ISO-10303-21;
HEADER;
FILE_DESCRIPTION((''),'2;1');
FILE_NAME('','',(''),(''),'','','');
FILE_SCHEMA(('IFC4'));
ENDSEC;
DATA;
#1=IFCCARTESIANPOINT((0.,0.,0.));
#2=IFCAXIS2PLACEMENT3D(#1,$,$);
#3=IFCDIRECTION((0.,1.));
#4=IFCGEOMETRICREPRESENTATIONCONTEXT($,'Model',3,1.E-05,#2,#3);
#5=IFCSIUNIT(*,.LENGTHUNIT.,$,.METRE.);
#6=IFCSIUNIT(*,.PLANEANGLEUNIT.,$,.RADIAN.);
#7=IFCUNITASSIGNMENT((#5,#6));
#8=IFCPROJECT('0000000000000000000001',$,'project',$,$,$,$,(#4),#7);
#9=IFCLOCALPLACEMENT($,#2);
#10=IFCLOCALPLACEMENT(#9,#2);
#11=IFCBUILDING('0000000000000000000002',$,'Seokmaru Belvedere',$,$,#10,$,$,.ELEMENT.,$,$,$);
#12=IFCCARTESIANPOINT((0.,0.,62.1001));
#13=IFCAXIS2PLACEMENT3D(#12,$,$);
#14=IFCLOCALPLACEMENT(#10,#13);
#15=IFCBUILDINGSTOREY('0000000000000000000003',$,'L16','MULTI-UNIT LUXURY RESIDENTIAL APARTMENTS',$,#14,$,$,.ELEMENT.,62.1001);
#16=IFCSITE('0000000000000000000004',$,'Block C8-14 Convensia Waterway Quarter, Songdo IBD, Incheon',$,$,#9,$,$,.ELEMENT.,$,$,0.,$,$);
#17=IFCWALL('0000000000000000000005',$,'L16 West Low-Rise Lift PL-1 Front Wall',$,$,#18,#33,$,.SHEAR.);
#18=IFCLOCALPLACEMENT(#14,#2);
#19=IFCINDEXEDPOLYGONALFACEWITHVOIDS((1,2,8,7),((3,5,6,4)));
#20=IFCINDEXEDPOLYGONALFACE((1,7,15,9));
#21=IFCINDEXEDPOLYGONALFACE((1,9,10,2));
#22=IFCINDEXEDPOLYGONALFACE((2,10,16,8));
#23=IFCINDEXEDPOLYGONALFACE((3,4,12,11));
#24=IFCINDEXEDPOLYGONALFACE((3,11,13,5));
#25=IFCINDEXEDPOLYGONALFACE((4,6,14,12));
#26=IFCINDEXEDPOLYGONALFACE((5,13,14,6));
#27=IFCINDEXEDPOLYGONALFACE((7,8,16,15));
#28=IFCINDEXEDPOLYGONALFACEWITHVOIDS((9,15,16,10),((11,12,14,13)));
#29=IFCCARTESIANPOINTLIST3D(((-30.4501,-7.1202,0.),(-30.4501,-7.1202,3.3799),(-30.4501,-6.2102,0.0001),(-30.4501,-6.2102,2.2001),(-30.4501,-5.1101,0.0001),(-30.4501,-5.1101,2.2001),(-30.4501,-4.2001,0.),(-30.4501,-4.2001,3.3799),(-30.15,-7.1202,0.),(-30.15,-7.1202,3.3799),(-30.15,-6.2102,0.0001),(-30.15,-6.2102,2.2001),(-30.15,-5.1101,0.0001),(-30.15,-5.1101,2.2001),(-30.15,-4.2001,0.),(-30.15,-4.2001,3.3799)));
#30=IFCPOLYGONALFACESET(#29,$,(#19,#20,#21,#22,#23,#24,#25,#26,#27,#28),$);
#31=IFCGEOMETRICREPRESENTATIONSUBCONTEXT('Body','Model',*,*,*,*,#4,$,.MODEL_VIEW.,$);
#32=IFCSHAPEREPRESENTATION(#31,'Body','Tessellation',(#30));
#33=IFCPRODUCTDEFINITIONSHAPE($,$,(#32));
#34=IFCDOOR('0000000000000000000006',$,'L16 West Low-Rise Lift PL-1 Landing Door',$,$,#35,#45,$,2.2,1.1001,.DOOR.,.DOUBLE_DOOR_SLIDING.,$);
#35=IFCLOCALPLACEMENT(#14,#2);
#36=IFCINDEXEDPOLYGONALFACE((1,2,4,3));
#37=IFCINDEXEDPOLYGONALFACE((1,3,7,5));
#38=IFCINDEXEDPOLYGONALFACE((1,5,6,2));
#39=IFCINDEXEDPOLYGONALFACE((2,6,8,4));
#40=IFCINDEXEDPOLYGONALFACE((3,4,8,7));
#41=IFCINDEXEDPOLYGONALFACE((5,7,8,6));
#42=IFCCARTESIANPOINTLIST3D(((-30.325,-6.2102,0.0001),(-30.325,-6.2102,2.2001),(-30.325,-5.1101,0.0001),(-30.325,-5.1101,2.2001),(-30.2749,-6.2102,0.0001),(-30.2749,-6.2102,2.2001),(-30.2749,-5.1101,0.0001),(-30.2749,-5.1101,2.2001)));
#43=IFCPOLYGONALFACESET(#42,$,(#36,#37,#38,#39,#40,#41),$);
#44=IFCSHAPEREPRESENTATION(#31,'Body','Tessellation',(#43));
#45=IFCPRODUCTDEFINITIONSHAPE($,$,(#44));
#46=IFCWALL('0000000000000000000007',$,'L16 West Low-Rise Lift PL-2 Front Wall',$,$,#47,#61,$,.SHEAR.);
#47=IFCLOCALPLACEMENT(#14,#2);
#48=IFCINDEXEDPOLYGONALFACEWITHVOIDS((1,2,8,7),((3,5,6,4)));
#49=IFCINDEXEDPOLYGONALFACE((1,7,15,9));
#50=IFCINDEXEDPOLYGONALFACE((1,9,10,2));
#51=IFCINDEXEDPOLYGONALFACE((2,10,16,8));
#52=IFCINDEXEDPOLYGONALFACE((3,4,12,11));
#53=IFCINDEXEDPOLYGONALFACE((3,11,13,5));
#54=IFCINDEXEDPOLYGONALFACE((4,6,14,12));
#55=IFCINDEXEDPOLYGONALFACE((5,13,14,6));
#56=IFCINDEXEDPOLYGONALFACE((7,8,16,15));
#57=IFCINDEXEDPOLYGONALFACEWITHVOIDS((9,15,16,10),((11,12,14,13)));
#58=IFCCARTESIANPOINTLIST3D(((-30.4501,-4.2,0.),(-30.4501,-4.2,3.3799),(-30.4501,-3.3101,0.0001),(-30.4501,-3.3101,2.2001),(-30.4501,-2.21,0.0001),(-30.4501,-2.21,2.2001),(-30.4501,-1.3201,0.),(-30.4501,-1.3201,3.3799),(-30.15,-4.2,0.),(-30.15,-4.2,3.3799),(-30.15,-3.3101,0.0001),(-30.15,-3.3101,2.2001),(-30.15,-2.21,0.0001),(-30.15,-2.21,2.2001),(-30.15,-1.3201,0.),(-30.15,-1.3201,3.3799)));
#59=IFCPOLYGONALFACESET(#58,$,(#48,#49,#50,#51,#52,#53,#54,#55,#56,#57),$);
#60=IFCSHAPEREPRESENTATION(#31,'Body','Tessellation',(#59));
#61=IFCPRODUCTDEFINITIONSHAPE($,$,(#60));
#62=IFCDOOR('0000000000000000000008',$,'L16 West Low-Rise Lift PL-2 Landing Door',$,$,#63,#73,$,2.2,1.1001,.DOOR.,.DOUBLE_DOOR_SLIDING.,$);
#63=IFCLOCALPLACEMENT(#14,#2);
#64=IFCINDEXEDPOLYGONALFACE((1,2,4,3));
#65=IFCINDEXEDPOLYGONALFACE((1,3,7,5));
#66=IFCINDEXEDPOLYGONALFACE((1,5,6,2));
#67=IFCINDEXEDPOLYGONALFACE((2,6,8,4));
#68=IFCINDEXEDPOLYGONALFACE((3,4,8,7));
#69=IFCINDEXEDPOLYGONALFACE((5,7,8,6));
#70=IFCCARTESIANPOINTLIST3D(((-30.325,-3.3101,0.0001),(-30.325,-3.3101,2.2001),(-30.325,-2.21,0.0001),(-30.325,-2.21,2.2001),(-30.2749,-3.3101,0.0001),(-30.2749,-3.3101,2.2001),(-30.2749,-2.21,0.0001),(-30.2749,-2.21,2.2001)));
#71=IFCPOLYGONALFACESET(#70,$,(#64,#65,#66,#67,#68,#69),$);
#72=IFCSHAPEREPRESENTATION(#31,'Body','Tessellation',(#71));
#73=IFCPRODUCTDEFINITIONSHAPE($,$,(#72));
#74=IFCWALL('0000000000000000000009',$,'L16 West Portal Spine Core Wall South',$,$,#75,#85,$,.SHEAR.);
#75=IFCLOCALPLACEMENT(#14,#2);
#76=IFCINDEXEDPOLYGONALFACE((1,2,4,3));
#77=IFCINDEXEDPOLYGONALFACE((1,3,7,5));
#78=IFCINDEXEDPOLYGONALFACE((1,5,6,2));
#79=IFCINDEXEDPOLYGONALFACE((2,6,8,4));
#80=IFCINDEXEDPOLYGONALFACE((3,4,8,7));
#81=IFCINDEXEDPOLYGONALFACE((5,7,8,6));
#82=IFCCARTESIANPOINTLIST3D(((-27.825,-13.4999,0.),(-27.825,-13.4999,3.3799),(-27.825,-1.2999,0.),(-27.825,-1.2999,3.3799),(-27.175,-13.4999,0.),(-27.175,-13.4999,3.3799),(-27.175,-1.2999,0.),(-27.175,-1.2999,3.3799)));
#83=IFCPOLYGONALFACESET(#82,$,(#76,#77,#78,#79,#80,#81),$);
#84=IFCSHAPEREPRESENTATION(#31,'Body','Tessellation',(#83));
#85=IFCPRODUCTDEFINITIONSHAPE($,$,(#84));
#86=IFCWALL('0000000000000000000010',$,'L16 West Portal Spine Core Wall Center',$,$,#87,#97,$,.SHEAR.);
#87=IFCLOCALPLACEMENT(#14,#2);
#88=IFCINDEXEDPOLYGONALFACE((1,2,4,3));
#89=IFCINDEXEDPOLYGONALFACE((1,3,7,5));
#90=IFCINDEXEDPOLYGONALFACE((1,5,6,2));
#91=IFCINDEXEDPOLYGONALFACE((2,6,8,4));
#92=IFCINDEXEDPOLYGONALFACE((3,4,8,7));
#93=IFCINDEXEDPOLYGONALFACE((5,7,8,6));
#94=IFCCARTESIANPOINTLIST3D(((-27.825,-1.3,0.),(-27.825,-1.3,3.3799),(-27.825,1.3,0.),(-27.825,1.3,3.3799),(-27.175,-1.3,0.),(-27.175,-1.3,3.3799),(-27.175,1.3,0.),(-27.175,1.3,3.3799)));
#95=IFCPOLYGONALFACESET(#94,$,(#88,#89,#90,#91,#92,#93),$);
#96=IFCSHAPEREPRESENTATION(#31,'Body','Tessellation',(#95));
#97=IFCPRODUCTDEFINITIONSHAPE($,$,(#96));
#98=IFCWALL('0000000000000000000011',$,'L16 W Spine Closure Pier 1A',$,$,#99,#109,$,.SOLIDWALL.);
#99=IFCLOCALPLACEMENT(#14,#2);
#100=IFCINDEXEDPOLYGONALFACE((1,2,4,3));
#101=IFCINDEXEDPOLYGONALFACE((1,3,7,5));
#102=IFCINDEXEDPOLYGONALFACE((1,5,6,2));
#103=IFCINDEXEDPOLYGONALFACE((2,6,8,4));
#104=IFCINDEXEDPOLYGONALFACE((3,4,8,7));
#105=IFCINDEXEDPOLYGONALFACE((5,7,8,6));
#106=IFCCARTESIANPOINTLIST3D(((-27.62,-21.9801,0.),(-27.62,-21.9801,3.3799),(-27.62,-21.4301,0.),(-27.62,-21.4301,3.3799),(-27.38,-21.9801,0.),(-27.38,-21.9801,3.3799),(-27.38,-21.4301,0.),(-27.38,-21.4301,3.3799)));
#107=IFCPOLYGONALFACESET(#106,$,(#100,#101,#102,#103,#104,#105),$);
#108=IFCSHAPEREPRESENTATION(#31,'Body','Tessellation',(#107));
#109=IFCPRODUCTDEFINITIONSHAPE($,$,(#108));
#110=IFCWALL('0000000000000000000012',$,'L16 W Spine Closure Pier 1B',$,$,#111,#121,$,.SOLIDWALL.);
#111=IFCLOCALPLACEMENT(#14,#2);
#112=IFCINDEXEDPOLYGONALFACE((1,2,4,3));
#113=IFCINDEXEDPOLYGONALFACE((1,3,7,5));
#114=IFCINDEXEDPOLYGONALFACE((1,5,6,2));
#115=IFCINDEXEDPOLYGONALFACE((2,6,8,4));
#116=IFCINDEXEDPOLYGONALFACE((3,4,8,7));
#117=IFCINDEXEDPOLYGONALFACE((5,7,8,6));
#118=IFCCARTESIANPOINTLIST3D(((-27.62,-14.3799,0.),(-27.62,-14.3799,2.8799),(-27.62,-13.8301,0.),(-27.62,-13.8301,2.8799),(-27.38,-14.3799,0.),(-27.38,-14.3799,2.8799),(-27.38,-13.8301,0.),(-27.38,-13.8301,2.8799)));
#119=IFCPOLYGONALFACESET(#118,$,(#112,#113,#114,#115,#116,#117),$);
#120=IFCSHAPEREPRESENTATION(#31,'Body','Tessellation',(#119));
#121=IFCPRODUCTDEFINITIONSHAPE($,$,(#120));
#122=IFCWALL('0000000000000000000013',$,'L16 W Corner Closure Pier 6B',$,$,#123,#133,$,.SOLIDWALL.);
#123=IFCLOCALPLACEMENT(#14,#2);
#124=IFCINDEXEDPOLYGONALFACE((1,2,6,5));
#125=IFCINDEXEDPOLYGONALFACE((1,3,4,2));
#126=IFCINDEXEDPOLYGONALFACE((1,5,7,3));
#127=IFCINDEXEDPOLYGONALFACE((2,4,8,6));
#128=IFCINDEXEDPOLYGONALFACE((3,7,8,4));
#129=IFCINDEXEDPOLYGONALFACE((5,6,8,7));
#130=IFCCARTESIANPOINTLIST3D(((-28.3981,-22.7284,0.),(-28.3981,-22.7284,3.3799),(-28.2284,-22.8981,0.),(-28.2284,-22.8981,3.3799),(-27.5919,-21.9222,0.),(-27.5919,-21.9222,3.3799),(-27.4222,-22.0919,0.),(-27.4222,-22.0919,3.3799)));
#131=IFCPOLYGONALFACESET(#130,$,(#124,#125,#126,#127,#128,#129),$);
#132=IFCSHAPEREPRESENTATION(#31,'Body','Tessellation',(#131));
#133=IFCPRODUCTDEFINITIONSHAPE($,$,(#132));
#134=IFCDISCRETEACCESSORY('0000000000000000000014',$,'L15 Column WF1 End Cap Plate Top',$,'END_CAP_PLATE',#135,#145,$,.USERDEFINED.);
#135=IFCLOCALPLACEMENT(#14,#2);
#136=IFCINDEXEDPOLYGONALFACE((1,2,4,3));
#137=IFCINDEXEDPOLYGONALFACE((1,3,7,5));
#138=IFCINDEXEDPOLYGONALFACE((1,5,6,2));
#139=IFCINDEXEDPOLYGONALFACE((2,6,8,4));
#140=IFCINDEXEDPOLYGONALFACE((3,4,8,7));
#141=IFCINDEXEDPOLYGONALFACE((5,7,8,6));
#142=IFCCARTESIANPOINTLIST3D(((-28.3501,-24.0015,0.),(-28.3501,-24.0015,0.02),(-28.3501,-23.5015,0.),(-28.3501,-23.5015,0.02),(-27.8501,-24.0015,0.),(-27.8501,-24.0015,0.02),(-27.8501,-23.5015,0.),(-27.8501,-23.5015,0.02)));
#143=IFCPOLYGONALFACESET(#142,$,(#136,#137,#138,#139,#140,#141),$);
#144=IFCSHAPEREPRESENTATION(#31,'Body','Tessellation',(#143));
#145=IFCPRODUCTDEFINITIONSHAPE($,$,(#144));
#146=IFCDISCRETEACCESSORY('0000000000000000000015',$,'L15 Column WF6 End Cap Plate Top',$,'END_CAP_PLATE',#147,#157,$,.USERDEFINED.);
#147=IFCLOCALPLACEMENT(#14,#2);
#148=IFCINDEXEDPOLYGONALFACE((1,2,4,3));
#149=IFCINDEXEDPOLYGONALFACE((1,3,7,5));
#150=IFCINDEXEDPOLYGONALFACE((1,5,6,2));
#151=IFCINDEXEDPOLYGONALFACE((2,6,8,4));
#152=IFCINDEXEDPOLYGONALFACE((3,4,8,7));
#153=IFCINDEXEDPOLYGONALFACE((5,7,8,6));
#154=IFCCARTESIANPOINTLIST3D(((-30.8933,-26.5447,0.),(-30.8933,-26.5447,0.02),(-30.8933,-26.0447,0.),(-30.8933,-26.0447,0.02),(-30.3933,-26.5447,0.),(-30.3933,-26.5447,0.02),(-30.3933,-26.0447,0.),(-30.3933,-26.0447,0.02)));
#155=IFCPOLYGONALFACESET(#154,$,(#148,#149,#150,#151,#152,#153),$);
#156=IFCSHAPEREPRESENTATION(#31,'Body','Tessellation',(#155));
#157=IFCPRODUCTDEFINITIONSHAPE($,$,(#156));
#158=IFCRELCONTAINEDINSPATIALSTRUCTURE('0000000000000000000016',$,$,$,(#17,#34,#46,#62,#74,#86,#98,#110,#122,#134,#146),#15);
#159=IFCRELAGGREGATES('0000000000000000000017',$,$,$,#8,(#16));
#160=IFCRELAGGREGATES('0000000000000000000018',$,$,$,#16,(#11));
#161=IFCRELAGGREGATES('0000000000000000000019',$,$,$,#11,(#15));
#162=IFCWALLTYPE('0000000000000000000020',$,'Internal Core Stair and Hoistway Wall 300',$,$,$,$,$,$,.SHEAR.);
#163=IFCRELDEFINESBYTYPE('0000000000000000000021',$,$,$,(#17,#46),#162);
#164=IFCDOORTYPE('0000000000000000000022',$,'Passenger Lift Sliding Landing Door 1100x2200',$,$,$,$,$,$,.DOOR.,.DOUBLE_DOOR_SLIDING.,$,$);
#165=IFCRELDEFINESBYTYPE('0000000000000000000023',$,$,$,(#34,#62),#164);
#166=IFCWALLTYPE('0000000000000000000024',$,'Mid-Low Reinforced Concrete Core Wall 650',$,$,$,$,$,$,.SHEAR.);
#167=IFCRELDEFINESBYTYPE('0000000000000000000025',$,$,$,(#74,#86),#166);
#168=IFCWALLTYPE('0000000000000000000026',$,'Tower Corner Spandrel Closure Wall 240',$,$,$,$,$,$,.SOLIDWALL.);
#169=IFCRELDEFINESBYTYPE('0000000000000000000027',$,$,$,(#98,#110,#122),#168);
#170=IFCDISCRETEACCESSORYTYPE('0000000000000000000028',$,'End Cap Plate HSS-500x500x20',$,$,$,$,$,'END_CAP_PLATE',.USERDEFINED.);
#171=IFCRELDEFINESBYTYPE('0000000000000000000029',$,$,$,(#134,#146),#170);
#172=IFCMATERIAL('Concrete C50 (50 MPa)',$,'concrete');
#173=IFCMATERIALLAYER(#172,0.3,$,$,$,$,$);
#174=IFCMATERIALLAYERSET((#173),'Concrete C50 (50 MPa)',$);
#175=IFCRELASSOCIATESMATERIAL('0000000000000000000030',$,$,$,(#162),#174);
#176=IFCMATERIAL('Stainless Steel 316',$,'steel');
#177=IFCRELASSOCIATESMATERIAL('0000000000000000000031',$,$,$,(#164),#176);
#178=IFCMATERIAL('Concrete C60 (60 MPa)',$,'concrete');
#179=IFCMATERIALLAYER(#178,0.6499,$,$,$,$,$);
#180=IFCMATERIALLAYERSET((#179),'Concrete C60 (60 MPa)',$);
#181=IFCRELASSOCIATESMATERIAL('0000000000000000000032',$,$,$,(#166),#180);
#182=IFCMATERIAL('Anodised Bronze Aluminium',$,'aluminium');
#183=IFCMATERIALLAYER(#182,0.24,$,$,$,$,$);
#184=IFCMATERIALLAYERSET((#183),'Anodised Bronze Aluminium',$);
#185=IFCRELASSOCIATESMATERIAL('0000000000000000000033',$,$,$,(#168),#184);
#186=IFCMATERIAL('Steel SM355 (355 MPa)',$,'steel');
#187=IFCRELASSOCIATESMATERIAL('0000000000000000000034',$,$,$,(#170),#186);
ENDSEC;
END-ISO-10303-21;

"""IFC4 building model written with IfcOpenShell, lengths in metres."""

from ifc_helpers import new_model, si_unit, direction, frame, frame_2d, origin, origin_2d, place, context, subcontext, project, spatial, rectangle, extrude, source, transform, mapped, material, layer, layer_set, type_object, type_shapes, element, fill, save


model = new_model("IFC4")

# Units and contexts
model_context = context("Model", 3, precision=1e-05, world=origin(), true_north=direction((0.0, 1.0)))
body_context = subcontext(model_context, "Body", "Model", "MODEL_VIEW")
ifc_project = project(units=[si_unit("LENGTHUNIT", "METRE"), si_unit("PLANEANGLEUNIT", "RADIAN")], contexts=[model_context])

# Site, building, storey
site_placement = place(None, origin())
site = spatial("IfcSite", under=ifc_project, at=site_placement, Name="Block C8-14 Convensia Waterway Quarter, Songdo IBD, Incheon", CompositionType="ELEMENT", RefElevation=0.0)
building_placement = place(site_placement, origin())
building = spatial("IfcBuilding", under=site, at=building_placement, Name="Seokmaru Belvedere", CompositionType="ELEMENT")
storey_placement = place(building_placement, frame((0.0, 0.0, 62.1001)))
storey = spatial("IfcBuildingStorey", under=building, at=storey_placement, Name="L16", Description="MULTI-UNIT LUXURY RESIDENTIAL APARTMENTS", CompositionType="ELEMENT", Elevation=62.1001)

# Shared definitions
ifc_material_1 = material(Name="Steel SM355 (355 MPa)", Category="steel")

# Shared definitions
ifc_material_2 = material(Name="Anodised Bronze Aluminium", Category="aluminium")

# Shared definitions
ifc_material_3 = material(Name="Concrete C50 (50 MPa)", Category="concrete")

# Walls, openings, doors
ifc_layer_1 = layer(ifc_material_3, 0.3)
ifc_layer_set_1 = layer_set([ifc_layer_1], Name="Concrete C50 (50 MPa)")
wall_type_1 = type_object("IfcWallType", Name="Internal Core Stair and Hoistway Wall 300", PredefinedType="SHEAR", material=ifc_layer_set_1)
ifc_material_4 = material(Name="Stainless Steel 316", Category="steel")
wall_1_placement = place(storey_placement, frame((-30.3, -7.1201, 0.0), z_axis=(0.0, 0.0, 1.0), x_axis=(0.0, 1.0, 0.0)))
wall_1 = element("IfcWall", 1, at=wall_1_placement, inside=storey, type_object=wall_type_1, Name="L16 West Low-Rise Lift PL-1 Front Wall", PredefinedType="SHEAR", context=body_context, shape_type="SweptSolid", body=[
    extrude(rectangle(XDim=2.9202, YDim=0.3, at=frame_2d((1.46, 0.0))), origin(), (0.0, 0.0, 1.0), 3.3799),
])
opening_1_placement = place(wall_1_placement, frame((0.9099, 0.0, 0.0)))
opening_1 = element("IfcOpeningElement", 2, at=opening_1_placement, cuts=wall_1, PredefinedType="OPENING", context=body_context, shape_type="SweptSolid", body=[
    extrude(rectangle(XDim=1.1001, YDim=2.2, at=frame_2d((0.55, 1.1001))), frame((0.0, 0.1602, 0.0), z_axis=(0.0, -1.0, 0.0), x_axis=(1.0, 0.0, 0.0)), (0.0, 0.0, 1.0), 0.3201),
])
door_type_1 = type_object("IfcDoorType", Name="Passenger Lift Sliding Landing Door 1100x2200", OperationType="DOUBLE_DOOR_SLIDING", PredefinedType="DOOR", material=ifc_material_4)
shared_shape_1 = source(origin(), body_context, "Body", "SweptSolid", [
    extrude(rectangle(XDim=1.1001, YDim=2.2, at=frame_2d((0.55, 1.1001))), frame((0.0, 0.0249, 0.0), z_axis=(0.0, -1.0, 0.0), x_axis=(1.0, 0.0, 0.0)), (0.0, 0.0, 1.0), 0.05),
])
type_shapes(door_type_1, [shared_shape_1])
door_1_placement = place(opening_1_placement, origin())
door_1 = element("IfcDoor", 3, at=door_1_placement, inside=storey, type_object=door_type_1, Name="L16 West Low-Rise Lift PL-1 Landing Door", OperationType="DOUBLE_DOOR_SLIDING", OverallHeight=2.2, OverallWidth=1.1001, PredefinedType="DOOR", context=body_context, shape_type="MappedRepresentation", body=[
    mapped(shared_shape_1, transform((0.0, 0.0, 0.0), scale=1.0)),
])
fill(opening_1, door_1)
wall_2_placement = place(storey_placement, frame((-30.3, -4.2, 0.0), z_axis=(0.0, 0.0, 1.0), x_axis=(0.0, 1.0, 0.0)))
wall_2 = element("IfcWall", 4, at=wall_2_placement, inside=storey, type_object=wall_type_1, Name="L16 West Low-Rise Lift PL-2 Front Wall", PredefinedType="SHEAR", context=body_context, shape_type="SweptSolid", body=[
    extrude(rectangle(XDim=2.8799, YDim=0.3, at=frame_2d((1.4399, 0.0))), origin(), (0.0, 0.0, 1.0), 3.3799),
])
opening_2_placement = place(wall_2_placement, frame((0.8899, 0.0, 0.0)))
opening_2 = element("IfcOpeningElement", 5, at=opening_2_placement, cuts=wall_2, PredefinedType="OPENING", context=body_context, shape_type="SweptSolid", body=[
    extrude(rectangle(XDim=1.1001, YDim=2.2, at=frame_2d((0.55, 1.1001))), frame((0.0, 0.1602, 0.0), z_axis=(0.0, -1.0, 0.0), x_axis=(1.0, 0.0, 0.0)), (0.0, 0.0, 1.0), 0.3201),
])
door_2_placement = place(opening_2_placement, origin())
door_2 = element("IfcDoor", 6, at=door_2_placement, inside=storey, type_object=door_type_1, Name="L16 West Low-Rise Lift PL-2 Landing Door", OperationType="DOUBLE_DOOR_SLIDING", OverallHeight=2.2, OverallWidth=1.1001, PredefinedType="DOOR", context=body_context, shape_type="MappedRepresentation", body=[
    mapped(shared_shape_1, transform((0.0, 0.0, 0.0), scale=1.0)),
])
fill(opening_2, door_2)

# Walls
ifc_material_5 = material(Name="Concrete C60 (60 MPa)", Category="concrete")
ifc_layer_2 = layer(ifc_material_5, 0.6499)
ifc_layer_set_2 = layer_set([ifc_layer_2], Name="Concrete C60 (60 MPa)")
wall_type_2 = type_object("IfcWallType", Name="Mid-Low Reinforced Concrete Core Wall 650", PredefinedType="SHEAR", material=ifc_layer_set_2)
wall_3_placement = place(storey_placement, frame((-27.5, -13.5, 0.0), z_axis=(0.0, 0.0, 1.0), x_axis=(0.0, 1.0, 0.0)))
element("IfcWall", 7, at=wall_3_placement, inside=storey, type_object=wall_type_2, Name="L16 West Portal Spine Core Wall South", PredefinedType="SHEAR", context=body_context, shape_type="SweptSolid", body=[
    extrude(rectangle(XDim=12.2, YDim=0.6499, at=frame_2d((6.1001, 0.0))), origin(), (0.0, 0.0, 1.0), 3.3799),
])
wall_4_placement = place(storey_placement, frame((-27.5, -1.3, 0.0), z_axis=(0.0, 0.0, 1.0), x_axis=(0.0, 1.0, 0.0)))
element("IfcWall", 8, at=wall_4_placement, inside=storey, type_object=wall_type_2, Name="L16 West Portal Spine Core Wall Center", PredefinedType="SHEAR", context=body_context, shape_type="SweptSolid", body=[
    extrude(rectangle(XDim=2.6001, YDim=0.6499, at=frame_2d((1.3, 0.0))), origin(), (0.0, 0.0, 1.0), 3.3799),
])
ifc_layer_3 = layer(ifc_material_2, 0.24)
ifc_layer_set_3 = layer_set([ifc_layer_3], Name="Anodised Bronze Aluminium")
wall_type_3 = type_object("IfcWallType", Name="Tower Corner Spandrel Closure Wall 240", PredefinedType="SOLIDWALL", material=ifc_layer_set_3)
wall_5_placement = place(storey_placement, frame((-27.5, -21.98, 0.0), z_axis=(0.0, 0.0, 1.0), x_axis=(0.0, 1.0, 0.0)))
element("IfcWall", 9, at=wall_5_placement, inside=storey, type_object=wall_type_3, Name="L16 W Spine Closure Pier 1A", PredefinedType="SOLIDWALL", context=body_context, shape_type="SweptSolid", body=[
    extrude(rectangle(XDim=0.55, YDim=0.24, at=frame_2d((0.2749, 0.0))), origin(), (0.0, 0.0, 1.0), 3.3799),
])
wall_6_placement = place(storey_placement, frame((-27.5, -14.3799, 0.0), z_axis=(0.0, 0.0, 1.0), x_axis=(0.0, 1.0, 0.0)))
element("IfcWall", 10, at=wall_6_placement, inside=storey, type_object=wall_type_3, Name="L16 W Spine Closure Pier 1B", PredefinedType="SOLIDWALL", context=body_context, shape_type="SweptSolid", body=[
    extrude(rectangle(XDim=0.5498, YDim=0.24, at=frame_2d((0.2749, 0.0))), origin(), (0.0, 0.0, 1.0), 2.8799),
])
wall_7_placement = place(storey_placement, frame((-28.3132, -22.8132, 0.0), z_axis=(0.0, 0.0, 1.0), x_axis=(0.707107, 0.707107, 0.0)))
element("IfcWall", 11, at=wall_7_placement, inside=storey, type_object=wall_type_3, Name="L16 W Corner Closure Pier 6B", PredefinedType="SOLIDWALL", context=body_context, shape_type="SweptSolid", body=[
    extrude(rectangle(XDim=1.1401, YDim=0.24, at=frame_2d((0.5701, 0.0))), origin(), (0.0, 0.0, 1.0), 3.3799),
])

# Discrete accessories
discrete_accessory_type = type_object("IfcDiscreteAccessoryType", Name="End Cap Plate HSS-500x500x20", ElementType="END_CAP_PLATE", PredefinedType="USERDEFINED", material=ifc_material_1)
shared_shape_2 = source(origin(), body_context, "Body", "SweptSolid", [
    extrude(rectangle(XDim=0.5, YDim=0.5, at=origin_2d()), origin(), (0.0, 0.0, 1.0), 0.02),
])
type_shapes(discrete_accessory_type, [shared_shape_2])
for number, where, z_axis, x_axis, name in (
    (12, (-28.1001, -23.7515, 0.0), (0.0, 0.0, 1.0), (1.0, 0.0, 0.0), "L15 Column WF1 End Cap Plate Top"),
    (13, (-30.6433, -26.2947, 0.0), (0.0, 0.0, 1.0), (1.0, 0.0, 0.0), "L15 Column WF6 End Cap Plate Top"),
):
    element("IfcDiscreteAccessory", number, at=place(storey_placement, frame(where, z_axis=z_axis, x_axis=x_axis)), inside=storey, type_object=discrete_accessory_type, Name=name, ObjectType="END_CAP_PLATE", PredefinedType="USERDEFINED", context=body_context, shape_type="MappedRepresentation", body=[
        mapped(shared_shape_2, transform((0.0, 0.0, 0.0), scale=1.0)),
    ])

save(model, "model.ifc")
